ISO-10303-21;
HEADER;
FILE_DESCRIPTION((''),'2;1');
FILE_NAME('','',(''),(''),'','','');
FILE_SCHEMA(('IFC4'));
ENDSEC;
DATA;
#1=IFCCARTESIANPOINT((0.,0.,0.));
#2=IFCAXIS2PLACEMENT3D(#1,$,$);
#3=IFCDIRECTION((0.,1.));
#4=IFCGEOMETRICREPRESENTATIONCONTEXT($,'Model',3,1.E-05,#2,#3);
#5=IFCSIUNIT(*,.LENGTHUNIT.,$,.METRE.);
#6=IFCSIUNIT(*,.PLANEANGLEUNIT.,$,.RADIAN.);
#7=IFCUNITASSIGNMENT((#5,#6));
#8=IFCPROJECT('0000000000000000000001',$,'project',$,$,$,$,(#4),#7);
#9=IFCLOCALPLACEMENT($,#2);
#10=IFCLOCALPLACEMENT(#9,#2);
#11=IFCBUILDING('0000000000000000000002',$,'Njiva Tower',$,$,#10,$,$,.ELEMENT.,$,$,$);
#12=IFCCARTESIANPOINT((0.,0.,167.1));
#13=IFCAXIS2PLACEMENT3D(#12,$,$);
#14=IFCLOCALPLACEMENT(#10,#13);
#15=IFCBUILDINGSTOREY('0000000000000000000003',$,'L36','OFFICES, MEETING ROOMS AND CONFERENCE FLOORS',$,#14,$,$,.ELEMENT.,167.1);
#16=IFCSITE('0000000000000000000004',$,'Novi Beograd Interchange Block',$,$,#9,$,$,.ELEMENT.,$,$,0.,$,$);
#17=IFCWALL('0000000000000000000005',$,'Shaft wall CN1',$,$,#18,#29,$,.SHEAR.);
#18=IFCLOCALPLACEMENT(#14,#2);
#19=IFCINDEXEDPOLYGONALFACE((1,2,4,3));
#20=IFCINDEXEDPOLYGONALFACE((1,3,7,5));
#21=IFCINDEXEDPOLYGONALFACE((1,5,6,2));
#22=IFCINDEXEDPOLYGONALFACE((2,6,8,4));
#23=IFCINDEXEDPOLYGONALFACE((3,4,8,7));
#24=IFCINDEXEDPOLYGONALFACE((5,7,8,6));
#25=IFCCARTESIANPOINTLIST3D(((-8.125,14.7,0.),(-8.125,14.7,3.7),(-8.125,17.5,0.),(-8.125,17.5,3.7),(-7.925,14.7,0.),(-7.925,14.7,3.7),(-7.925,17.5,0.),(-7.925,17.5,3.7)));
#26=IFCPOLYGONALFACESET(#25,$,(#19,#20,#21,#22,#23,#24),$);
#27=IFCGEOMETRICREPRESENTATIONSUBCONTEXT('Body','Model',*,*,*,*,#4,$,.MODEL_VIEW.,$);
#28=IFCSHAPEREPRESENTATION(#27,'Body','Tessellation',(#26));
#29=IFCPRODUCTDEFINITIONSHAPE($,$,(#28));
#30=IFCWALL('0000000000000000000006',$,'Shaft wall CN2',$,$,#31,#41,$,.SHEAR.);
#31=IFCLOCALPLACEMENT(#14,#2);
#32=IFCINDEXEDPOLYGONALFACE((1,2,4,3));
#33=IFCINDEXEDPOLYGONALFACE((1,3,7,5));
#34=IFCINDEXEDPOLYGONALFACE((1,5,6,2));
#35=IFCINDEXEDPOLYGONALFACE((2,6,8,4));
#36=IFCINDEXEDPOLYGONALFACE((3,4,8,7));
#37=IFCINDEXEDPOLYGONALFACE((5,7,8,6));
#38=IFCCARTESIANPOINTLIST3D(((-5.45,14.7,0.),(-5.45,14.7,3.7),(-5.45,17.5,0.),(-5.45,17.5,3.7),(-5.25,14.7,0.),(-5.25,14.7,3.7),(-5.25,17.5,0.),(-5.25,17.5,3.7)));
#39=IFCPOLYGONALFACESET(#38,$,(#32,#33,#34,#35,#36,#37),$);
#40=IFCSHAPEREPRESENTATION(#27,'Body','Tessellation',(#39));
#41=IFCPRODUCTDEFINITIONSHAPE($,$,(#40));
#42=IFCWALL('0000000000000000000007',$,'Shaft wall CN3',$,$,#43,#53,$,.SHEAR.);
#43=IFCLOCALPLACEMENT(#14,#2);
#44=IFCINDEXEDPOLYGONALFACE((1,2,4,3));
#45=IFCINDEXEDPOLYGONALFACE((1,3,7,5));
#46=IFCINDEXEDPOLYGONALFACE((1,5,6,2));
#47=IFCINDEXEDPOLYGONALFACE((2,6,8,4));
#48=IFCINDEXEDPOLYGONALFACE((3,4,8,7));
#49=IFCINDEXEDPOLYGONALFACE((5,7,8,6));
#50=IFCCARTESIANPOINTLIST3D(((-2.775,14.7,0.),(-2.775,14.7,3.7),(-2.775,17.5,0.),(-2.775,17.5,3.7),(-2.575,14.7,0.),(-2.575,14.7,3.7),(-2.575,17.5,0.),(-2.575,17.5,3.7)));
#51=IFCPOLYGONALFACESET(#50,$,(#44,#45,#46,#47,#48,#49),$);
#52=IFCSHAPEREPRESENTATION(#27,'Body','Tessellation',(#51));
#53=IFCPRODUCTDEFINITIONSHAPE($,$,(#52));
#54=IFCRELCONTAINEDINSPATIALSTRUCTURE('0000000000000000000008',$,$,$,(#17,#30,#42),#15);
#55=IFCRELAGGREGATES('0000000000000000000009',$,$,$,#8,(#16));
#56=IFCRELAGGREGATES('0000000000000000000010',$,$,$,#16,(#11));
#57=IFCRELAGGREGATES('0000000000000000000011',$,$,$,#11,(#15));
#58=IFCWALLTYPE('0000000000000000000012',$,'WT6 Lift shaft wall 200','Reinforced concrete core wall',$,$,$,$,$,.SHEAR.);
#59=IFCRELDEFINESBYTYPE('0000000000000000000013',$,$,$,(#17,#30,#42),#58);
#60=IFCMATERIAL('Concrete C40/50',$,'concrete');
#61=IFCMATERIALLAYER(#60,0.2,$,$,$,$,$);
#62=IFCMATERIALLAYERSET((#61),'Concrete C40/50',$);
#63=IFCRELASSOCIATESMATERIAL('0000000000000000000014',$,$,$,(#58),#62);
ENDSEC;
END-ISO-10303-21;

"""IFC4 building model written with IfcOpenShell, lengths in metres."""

from ifc_helpers import new_model, si_unit, direction, frame, frame_2d, origin, place, context, subcontext, project, spatial, rectangle, extrude, material, layer, layer_set, type_object, element, save


model = new_model("IFC4")

# Units and contexts
model_context = context("Model", 3, precision=1e-05, world=origin(), true_north=direction((0.0, 1.0)))
body_context = subcontext(model_context, "Body", "Model", "MODEL_VIEW")
ifc_project = project(units=[si_unit("LENGTHUNIT", "METRE"), si_unit("PLANEANGLEUNIT", "RADIAN")], contexts=[model_context])

# Site, building, storey
site_placement = place(None, origin())
site = spatial("IfcSite", under=ifc_project, at=site_placement, Name="Novi Beograd Interchange Block", CompositionType="ELEMENT", RefElevation=0.0)
building_placement = place(site_placement, origin())
building = spatial("IfcBuilding", under=site, at=building_placement, Name="Njiva Tower", CompositionType="ELEMENT")
storey_placement = place(building_placement, frame((0.0, 0.0, 167.1)))
storey = spatial("IfcBuildingStorey", under=building, at=storey_placement, Name="L36", Description="OFFICES, MEETING ROOMS AND CONFERENCE FLOORS", CompositionType="ELEMENT", Elevation=167.1)

# Walls
ifc_material_1 = material(Name="Concrete C40/50", Category="concrete")
ifc_layer_1 = layer(ifc_material_1, 0.2)
ifc_layer_set_1 = layer_set([ifc_layer_1], Name="Concrete C40/50")
wall_type_1 = type_object("IfcWallType", Name="WT6 Lift shaft wall 200", Description="Reinforced concrete core wall", PredefinedType="SHEAR", material=ifc_layer_set_1)
for number, where, z_axis, x_axis, name in (
    (1, (-8.025, 14.7, 0.0), (0.0, 0.0, 1.0), (0.0, 1.0, 0.0), "Shaft wall CN1"),
    (2, (-5.35, 14.7, 0.0), (0.0, 0.0, 1.0), (0.0, 1.0, 0.0), "Shaft wall CN2"),
    (3, (-2.675, 14.7, 0.0), (0.0, 0.0, 1.0), (0.0, 1.0, 0.0), "Shaft wall CN3"),
):
    element("IfcWall", number, at=place(storey_placement, frame(where, z_axis=z_axis, x_axis=x_axis)), inside=storey, type_object=wall_type_1, Name=name, PredefinedType="SHEAR", context=body_context, shape_type="SweptSolid", body=[
        extrude(rectangle(XDim=2.8, YDim=0.2, at=frame_2d((1.4, 0.0))), origin(), (0.0, 0.0, 1.0), 3.7),
    ])

save(model, "model.ifc")
